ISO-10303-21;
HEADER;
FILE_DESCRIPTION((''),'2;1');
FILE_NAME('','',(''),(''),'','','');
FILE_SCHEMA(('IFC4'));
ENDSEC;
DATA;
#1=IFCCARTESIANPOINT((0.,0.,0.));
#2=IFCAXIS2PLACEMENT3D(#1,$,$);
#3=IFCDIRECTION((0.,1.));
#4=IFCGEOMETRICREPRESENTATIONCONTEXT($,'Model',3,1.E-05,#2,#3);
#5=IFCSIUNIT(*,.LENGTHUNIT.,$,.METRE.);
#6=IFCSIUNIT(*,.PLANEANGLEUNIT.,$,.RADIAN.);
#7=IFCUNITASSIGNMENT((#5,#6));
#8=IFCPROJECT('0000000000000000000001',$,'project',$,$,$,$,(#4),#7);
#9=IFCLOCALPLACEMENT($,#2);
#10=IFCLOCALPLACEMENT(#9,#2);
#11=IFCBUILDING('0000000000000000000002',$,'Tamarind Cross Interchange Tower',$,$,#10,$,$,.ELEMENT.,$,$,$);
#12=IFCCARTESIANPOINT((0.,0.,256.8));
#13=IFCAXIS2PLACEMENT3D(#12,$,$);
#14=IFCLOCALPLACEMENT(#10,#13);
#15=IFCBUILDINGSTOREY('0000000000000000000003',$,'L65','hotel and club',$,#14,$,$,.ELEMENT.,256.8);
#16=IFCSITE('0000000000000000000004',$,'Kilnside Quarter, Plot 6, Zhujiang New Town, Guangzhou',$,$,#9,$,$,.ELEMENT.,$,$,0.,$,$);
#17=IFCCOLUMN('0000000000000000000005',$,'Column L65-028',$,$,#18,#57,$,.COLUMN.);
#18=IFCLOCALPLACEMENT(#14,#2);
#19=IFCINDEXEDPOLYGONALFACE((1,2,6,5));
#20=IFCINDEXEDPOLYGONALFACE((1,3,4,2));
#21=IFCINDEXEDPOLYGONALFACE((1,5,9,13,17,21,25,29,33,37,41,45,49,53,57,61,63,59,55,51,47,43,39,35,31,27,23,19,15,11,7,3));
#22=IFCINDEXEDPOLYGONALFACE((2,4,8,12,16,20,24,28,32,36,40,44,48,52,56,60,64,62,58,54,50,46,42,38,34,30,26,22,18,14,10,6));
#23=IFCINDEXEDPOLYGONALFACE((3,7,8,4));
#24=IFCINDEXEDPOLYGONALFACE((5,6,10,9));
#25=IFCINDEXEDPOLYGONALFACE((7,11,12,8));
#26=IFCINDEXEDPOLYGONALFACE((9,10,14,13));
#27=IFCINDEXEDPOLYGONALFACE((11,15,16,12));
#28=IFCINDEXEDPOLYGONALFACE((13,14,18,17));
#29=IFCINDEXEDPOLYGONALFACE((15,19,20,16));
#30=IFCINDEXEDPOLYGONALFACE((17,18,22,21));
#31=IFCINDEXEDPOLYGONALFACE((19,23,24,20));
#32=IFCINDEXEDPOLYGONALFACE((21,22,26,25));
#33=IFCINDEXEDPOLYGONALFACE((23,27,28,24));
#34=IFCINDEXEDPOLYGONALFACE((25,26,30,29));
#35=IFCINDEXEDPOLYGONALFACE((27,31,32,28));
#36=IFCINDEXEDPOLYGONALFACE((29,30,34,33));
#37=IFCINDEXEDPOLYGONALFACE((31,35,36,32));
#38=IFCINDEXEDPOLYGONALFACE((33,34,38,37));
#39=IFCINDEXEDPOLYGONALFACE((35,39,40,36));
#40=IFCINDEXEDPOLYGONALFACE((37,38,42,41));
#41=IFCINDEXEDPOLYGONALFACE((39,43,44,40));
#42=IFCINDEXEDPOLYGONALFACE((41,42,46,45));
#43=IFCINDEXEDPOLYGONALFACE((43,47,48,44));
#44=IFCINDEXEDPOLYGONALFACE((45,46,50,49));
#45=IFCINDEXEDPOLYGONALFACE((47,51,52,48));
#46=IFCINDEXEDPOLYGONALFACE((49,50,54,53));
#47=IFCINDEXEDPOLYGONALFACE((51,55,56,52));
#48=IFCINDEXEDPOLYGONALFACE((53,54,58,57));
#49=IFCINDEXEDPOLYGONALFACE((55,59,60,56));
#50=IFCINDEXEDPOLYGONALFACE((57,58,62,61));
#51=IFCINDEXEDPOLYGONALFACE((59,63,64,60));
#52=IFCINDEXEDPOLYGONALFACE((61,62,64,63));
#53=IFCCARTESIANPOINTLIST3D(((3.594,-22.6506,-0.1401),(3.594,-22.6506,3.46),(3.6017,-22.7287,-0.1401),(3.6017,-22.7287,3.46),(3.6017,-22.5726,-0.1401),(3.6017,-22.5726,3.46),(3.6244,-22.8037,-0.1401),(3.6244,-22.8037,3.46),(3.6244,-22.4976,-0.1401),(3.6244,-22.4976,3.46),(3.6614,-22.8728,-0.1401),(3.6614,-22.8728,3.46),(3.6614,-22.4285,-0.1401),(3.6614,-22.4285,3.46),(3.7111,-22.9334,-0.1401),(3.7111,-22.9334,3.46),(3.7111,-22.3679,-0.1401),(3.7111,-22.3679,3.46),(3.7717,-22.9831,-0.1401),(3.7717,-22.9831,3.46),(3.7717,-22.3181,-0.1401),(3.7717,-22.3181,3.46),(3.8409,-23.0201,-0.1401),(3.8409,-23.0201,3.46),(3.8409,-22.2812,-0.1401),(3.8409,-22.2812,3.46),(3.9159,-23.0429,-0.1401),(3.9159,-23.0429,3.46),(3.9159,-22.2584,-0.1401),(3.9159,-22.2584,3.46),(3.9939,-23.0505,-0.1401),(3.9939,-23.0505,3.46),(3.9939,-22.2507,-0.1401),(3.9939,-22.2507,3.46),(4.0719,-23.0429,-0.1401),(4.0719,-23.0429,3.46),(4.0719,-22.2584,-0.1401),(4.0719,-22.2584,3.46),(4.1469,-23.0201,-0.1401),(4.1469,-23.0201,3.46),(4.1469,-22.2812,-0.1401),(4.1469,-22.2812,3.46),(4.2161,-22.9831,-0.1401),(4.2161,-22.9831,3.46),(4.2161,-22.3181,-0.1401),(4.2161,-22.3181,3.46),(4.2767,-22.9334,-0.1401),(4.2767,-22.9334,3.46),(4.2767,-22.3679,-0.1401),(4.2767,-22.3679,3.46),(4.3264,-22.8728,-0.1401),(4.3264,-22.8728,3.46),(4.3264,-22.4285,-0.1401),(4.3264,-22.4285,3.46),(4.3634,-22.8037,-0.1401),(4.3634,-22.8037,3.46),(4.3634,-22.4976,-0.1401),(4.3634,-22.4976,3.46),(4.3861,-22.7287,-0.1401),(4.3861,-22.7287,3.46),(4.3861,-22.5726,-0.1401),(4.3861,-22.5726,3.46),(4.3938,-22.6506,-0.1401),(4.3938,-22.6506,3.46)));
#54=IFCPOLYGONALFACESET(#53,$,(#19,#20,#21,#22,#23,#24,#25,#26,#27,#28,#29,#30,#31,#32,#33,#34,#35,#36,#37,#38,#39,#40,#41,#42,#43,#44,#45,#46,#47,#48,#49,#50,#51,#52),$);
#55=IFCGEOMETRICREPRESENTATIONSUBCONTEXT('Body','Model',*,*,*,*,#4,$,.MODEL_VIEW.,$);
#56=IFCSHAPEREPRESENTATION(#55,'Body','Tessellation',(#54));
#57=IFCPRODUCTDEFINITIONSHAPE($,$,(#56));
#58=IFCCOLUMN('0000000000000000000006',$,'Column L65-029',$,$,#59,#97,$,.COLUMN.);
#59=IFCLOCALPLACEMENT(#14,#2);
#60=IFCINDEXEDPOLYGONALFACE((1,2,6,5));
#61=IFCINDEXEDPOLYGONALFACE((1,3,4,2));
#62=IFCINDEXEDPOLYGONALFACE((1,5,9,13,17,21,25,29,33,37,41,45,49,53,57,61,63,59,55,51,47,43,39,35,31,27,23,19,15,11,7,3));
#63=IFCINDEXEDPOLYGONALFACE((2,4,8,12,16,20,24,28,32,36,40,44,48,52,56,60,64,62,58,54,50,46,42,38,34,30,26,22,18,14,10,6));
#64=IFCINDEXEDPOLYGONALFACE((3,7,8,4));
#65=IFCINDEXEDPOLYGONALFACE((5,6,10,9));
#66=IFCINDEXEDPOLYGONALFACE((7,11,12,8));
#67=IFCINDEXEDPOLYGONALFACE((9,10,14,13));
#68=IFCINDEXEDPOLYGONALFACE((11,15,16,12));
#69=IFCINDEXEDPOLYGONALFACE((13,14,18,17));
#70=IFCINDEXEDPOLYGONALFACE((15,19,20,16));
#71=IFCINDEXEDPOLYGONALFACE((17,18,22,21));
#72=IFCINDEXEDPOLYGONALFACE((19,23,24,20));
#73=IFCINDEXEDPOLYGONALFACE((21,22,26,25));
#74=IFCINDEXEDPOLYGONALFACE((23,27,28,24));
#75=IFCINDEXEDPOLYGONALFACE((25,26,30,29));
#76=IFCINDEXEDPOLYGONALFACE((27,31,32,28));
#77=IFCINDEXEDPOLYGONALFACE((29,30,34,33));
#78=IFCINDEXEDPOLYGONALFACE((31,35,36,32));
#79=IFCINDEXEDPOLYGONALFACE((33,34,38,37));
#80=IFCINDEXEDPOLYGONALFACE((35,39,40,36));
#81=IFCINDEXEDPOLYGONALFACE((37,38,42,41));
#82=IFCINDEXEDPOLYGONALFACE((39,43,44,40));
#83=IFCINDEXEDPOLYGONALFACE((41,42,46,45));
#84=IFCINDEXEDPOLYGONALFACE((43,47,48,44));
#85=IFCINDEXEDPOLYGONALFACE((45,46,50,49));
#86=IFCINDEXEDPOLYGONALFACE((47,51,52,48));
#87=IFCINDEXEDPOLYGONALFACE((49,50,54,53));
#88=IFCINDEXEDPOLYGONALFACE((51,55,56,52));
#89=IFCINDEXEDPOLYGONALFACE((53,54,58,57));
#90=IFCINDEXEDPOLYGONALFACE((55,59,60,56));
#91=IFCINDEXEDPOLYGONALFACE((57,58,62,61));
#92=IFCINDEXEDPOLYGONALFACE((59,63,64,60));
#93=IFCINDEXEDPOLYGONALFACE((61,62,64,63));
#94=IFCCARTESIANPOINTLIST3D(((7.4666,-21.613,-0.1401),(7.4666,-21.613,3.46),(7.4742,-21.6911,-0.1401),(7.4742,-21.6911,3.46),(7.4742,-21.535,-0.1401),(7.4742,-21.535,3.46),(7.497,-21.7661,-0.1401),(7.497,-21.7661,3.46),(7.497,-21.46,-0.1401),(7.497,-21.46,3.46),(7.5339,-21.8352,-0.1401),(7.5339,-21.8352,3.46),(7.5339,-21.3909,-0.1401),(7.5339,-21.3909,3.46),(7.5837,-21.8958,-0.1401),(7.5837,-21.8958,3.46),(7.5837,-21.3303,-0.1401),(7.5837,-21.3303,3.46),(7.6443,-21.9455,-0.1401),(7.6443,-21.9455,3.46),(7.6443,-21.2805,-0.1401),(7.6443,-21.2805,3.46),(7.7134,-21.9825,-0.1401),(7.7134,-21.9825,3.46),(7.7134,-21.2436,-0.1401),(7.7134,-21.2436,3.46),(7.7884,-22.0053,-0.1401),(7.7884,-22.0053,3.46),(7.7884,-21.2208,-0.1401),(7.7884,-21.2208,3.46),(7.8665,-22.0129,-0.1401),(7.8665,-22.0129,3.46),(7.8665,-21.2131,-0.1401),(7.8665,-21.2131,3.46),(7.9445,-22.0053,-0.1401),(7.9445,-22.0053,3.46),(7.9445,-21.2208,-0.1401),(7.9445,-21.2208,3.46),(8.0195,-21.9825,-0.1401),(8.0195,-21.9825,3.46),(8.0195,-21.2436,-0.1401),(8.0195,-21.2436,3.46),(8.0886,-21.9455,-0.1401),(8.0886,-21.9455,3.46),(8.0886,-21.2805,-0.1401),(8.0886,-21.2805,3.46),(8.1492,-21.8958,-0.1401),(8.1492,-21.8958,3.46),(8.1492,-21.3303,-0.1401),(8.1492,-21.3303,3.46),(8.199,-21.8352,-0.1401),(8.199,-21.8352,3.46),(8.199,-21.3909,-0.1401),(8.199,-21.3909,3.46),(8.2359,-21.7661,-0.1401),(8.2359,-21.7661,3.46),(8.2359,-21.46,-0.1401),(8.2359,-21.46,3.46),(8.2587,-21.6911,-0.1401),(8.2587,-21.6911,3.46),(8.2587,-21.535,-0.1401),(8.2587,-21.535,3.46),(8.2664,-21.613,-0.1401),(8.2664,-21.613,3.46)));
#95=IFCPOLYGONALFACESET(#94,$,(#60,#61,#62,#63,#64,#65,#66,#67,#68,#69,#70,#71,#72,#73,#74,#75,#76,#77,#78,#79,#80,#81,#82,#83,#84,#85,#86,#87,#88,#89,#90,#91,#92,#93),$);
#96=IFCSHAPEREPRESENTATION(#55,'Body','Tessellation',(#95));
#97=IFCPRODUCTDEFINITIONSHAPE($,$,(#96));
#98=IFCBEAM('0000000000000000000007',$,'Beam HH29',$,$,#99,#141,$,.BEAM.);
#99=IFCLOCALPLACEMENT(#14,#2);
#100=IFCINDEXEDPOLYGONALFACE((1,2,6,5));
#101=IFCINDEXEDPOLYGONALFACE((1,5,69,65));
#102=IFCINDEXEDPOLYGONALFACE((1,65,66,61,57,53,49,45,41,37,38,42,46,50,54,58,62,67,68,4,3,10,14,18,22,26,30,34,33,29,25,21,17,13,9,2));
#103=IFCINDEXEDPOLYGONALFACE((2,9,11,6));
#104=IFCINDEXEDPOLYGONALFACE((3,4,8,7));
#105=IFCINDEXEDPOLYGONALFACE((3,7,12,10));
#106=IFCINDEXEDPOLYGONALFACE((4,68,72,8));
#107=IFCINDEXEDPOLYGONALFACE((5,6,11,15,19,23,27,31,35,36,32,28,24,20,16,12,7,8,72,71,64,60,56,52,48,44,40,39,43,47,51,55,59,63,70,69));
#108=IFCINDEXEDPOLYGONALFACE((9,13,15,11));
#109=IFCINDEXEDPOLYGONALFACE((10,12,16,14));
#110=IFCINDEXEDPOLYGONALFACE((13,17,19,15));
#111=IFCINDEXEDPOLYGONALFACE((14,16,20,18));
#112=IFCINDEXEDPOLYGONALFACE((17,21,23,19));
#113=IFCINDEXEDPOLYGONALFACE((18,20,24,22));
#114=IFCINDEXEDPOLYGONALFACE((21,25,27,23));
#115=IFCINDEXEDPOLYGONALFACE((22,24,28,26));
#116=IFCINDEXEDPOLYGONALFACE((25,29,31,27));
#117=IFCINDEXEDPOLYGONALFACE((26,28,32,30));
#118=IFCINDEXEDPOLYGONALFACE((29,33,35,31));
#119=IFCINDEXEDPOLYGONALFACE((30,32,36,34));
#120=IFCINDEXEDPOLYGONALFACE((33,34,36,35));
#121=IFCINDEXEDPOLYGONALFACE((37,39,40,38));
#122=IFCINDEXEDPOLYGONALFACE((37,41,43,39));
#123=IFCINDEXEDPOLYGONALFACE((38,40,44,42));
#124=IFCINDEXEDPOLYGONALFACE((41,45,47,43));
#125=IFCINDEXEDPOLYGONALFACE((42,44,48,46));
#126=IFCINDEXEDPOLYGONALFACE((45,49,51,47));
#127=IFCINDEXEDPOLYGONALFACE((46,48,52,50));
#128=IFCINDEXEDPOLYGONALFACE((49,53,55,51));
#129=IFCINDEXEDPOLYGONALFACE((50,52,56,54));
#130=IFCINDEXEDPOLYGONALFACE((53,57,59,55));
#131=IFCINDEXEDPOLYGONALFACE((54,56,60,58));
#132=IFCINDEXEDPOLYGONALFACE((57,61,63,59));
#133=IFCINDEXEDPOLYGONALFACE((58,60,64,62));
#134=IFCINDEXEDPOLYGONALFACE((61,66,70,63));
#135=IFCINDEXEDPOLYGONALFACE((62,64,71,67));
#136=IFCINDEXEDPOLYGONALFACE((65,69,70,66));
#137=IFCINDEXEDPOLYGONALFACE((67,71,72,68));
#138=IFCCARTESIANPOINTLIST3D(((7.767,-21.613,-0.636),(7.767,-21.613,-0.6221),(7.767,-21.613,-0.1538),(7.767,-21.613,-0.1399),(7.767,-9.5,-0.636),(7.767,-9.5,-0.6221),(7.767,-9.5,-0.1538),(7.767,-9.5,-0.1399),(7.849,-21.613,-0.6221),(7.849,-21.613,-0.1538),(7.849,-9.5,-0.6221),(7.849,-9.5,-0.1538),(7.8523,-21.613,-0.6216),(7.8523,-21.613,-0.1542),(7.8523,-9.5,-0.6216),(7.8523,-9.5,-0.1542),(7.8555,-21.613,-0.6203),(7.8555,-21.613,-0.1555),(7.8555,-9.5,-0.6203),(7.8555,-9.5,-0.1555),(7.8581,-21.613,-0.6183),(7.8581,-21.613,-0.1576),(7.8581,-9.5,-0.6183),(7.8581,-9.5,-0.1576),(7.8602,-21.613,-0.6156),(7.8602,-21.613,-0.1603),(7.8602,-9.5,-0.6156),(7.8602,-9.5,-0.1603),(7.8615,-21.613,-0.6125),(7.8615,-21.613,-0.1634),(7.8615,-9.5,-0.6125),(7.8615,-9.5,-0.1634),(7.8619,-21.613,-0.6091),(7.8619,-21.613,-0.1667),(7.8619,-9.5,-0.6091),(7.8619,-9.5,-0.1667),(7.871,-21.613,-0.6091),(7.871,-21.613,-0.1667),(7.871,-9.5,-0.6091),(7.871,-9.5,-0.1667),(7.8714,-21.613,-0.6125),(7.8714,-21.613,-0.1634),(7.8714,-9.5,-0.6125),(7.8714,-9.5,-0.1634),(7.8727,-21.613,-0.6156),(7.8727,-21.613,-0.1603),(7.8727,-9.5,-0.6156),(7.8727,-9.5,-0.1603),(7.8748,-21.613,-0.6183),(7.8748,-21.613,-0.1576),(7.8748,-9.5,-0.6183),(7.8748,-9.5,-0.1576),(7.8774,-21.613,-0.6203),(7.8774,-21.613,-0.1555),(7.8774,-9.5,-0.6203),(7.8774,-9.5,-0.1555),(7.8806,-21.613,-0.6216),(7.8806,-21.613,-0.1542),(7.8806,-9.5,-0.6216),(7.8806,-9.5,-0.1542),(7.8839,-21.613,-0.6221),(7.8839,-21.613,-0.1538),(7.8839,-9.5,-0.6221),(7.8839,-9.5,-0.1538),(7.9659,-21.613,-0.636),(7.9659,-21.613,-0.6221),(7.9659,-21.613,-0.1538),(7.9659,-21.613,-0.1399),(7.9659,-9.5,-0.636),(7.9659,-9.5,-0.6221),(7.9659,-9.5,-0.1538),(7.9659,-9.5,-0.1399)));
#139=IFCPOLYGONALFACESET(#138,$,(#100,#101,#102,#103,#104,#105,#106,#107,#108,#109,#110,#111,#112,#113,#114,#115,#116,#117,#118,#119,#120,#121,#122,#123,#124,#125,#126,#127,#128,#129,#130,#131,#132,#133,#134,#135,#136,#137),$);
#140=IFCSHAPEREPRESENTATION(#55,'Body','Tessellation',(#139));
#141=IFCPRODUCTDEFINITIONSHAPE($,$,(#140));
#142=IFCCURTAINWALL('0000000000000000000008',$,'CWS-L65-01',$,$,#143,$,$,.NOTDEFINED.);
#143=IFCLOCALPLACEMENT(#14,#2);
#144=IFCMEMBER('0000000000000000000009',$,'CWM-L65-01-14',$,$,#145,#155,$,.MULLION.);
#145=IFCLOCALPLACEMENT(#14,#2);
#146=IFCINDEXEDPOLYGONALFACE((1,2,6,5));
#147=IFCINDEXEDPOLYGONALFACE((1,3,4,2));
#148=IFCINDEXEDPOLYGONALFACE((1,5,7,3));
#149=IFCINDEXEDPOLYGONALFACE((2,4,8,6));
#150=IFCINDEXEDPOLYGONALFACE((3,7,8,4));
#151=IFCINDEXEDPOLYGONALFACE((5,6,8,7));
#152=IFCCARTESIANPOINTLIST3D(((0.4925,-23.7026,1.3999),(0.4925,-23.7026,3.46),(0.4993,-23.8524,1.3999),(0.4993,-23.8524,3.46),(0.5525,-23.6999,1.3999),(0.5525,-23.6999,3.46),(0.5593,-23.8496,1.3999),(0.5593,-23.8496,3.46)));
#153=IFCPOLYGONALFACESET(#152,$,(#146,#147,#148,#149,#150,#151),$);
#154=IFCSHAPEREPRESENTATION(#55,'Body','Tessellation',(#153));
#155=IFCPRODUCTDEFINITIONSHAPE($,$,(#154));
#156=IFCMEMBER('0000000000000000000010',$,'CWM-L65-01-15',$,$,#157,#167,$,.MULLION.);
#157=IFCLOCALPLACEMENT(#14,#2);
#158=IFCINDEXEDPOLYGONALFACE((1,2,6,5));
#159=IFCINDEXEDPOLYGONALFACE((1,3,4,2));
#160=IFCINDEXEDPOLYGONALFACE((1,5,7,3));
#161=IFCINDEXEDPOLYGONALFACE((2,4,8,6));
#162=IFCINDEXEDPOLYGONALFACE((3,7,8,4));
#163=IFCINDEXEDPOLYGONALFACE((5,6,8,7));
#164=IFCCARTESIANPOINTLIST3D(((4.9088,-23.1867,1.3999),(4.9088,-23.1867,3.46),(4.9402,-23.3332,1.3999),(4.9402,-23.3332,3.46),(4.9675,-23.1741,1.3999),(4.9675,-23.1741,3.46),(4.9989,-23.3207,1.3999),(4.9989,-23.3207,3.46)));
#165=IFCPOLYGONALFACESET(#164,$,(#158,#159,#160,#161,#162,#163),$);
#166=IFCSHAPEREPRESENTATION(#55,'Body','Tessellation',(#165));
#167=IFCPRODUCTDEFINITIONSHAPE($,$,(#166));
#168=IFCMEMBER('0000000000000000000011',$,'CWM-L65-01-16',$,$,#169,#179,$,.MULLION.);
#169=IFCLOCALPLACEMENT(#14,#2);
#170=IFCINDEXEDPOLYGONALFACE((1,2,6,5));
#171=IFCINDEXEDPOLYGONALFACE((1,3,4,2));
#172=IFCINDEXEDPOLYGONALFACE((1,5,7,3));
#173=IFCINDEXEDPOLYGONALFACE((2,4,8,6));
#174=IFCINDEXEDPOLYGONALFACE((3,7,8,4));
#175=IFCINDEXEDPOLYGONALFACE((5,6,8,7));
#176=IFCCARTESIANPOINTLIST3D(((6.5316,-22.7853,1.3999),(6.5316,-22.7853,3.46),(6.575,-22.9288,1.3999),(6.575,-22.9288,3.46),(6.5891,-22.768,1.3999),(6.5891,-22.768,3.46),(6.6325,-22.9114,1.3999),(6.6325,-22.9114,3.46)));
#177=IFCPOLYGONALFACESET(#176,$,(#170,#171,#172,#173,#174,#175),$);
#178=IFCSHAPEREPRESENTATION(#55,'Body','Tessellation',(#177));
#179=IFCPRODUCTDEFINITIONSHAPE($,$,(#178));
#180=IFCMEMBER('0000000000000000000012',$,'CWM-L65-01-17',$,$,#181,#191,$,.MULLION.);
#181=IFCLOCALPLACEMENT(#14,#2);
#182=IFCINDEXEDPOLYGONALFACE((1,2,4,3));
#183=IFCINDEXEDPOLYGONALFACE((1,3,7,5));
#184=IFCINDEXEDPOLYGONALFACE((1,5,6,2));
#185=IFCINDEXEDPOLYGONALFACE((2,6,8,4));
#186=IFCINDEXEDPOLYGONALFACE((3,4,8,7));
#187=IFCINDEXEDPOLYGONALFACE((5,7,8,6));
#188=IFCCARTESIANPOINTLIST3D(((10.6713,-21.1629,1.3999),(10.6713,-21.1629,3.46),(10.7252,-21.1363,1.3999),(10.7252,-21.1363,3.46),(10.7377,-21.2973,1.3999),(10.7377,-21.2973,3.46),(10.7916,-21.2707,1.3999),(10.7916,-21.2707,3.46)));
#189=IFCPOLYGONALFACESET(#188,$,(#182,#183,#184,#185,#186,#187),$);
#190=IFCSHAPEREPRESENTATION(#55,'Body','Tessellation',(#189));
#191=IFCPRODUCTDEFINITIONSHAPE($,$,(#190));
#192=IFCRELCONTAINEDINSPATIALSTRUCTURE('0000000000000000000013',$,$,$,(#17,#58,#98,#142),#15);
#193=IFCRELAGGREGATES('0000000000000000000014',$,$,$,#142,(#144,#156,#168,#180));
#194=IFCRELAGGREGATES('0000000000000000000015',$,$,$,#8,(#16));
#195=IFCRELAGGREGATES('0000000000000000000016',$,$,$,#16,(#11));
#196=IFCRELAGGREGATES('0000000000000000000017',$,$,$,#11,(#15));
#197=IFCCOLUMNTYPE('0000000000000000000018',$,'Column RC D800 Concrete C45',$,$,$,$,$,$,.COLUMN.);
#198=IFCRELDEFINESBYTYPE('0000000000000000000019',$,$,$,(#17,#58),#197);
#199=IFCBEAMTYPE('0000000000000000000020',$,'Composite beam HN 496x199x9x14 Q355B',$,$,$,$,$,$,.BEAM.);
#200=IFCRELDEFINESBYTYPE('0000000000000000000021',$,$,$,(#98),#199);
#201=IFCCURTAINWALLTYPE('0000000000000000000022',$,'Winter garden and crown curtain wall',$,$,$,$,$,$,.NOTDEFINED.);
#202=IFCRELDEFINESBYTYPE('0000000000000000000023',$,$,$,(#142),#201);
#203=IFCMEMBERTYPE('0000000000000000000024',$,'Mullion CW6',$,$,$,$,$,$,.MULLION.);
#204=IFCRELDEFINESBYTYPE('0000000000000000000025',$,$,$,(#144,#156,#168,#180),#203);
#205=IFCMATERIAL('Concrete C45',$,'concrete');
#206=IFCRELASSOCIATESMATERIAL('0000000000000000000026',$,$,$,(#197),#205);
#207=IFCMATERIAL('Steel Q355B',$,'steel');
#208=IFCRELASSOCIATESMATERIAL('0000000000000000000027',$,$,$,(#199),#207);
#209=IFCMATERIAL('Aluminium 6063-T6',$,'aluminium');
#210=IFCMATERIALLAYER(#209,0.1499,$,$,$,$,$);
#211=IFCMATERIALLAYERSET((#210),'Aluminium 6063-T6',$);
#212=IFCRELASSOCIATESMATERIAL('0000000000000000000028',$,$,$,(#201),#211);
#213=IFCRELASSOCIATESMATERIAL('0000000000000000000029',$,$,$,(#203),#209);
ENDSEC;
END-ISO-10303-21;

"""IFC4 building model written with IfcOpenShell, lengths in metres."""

from ifc_helpers import new_model, si_unit, direction, frame, origin, origin_2d, place, context, subcontext, project, spatial, rectangle, circle, i_section, extrude, material, layer, layer_set, material_profile, profile_set, type_object, element, aggregate, save


model = new_model("IFC4")

# Units and contexts
model_context = context("Model", 3, precision=1e-05, world=origin(), true_north=direction((0.0, 1.0)))
body_context = subcontext(model_context, "Body", "Model", "MODEL_VIEW")
ifc_project = project(units=[si_unit("LENGTHUNIT", "METRE"), si_unit("PLANEANGLEUNIT", "RADIAN")], contexts=[model_context])

# Site, building, storey
site_placement = place(None, origin())
site = spatial("IfcSite", under=ifc_project, at=site_placement, Name="Kilnside Quarter, Plot 6, Zhujiang New Town, Guangzhou", CompositionType="ELEMENT", RefElevation=0.0)
building_placement = place(site_placement, origin())
building = spatial("IfcBuilding", under=site, at=building_placement, Name="Tamarind Cross Interchange Tower", CompositionType="ELEMENT")
storey_placement = place(building_placement, frame((0.0, 0.0, 256.8)))
storey = spatial("IfcBuildingStorey", under=building, at=storey_placement, Name="L65", Description="hotel and club", CompositionType="ELEMENT", Elevation=256.8)

# Columns
ifc_material_1 = material(Name="Concrete C45", Category="concrete")
ifc_material_profile_1 = material_profile(ifc_material_1, circle(Radius=0.3999, at=origin_2d()), Name="RC D800")
ifc_profile_set_1 = profile_set([ifc_material_profile_1], Name="Concrete C45")
column_type = type_object("IfcColumnType", Name="Column RC D800 Concrete C45", PredefinedType="COLUMN", material=ifc_profile_set_1)
for number, where, z_axis, x_axis, name in (
    (1, (3.9939, -22.6506, -0.1401), (0.0, 0.0, 1.0), (1.0, 0.0, 0.0), "Column L65-028"),
    (2, (7.8665, -21.613, -0.1401), (0.0, 0.0, 1.0), (1.0, 0.0, 0.0), "Column L65-029"),
):
    element("IfcColumn", number, at=place(storey_placement, frame(where, z_axis=z_axis, x_axis=x_axis)), inside=storey, type_object=column_type, Name=name, PredefinedType="COLUMN", context=body_context, shape_type="SweptSolid", body=[
        extrude(circle(Radius=0.3999, at=origin_2d()), origin(), (0.0, 0.0, 1.0), 3.6001),
    ])

# Beam
ifc_material_2 = material(Name="Steel Q355B", Category="steel")
ifc_material_profile_2 = material_profile(ifc_material_2, i_section(OverallWidth=0.199, OverallDepth=0.4961, WebThickness=0.009, FlangeThickness=0.0139, FilletRadius=0.0129, at=origin_2d()), Name="HN 496x199x9x14")
ifc_profile_set_2 = profile_set([ifc_material_profile_2], Name="Steel Q355B")
beam_type = type_object("IfcBeamType", Name="Composite beam HN 496x199x9x14 Q355B", PredefinedType="BEAM", material=ifc_profile_set_2)
beam_placement = place(storey_placement, frame((7.8665, -21.613, -0.3879), z_axis=(0.0, 1.0, 0.0), x_axis=(-1.0, 0.0, 0.0)))
element("IfcBeam", 3, at=beam_placement, inside=storey, type_object=beam_type, Name="Beam HH29", PredefinedType="BEAM", context=body_context, shape_type="SweptSolid", body=[
    extrude(i_section(OverallWidth=0.199, OverallDepth=0.4961, WebThickness=0.009, FlangeThickness=0.0139, FilletRadius=0.0129, at=origin_2d()), origin(), (0.0, 0.0, 1.0), 12.113),
])

# Curtain wall, members
ifc_material_3 = material(Name="Aluminium 6063-T6", Category="aluminium")
ifc_layer_1 = layer(ifc_material_3, 0.1499)
ifc_layer_set_1 = layer_set([ifc_layer_1], Name="Aluminium 6063-T6")
curtain_wall_type = type_object("IfcCurtainWallType", Name="Winter garden and crown curtain wall", PredefinedType="NOTDEFINED", material=ifc_layer_set_1)
curtain_wall_placement = place(storey_placement, origin())
curtain_wall = element("IfcCurtainWall", 4, at=curtain_wall_placement, inside=storey, type_object=curtain_wall_type, Name="CWS-L65-01", PredefinedType="NOTDEFINED")
ifc_material_profile_3 = material_profile(ifc_material_3, rectangle(XDim=0.0601, YDim=0.1499, at=origin_2d()), Name="Mullion CW6")
ifc_profile_set_3 = profile_set([ifc_material_profile_3], Name="Aluminium 6063-T6")
member_type = type_object("IfcMemberType", Name="Mullion CW6", PredefinedType="MULLION", material=ifc_profile_set_3)
member_1_placement = place(storey_placement, frame((0.5259, -23.7761, 1.3999), z_axis=(0.0, 0.0, 1.0), x_axis=(0.998959, 0.045624, 0.0)))
member_1 = element("IfcMember", 5, at=member_1_placement, type_object=member_type, Name="CWM-L65-01-14", PredefinedType="MULLION", context=body_context, shape_type="SweptSolid", body=[
    extrude(rectangle(XDim=0.0601, YDim=0.1499, at=origin_2d()), origin(), (0.0, 0.0, 1.0), 2.0601),
])
member_2_placement = place(storey_placement, frame((4.9539, -23.2537, 1.3999), z_axis=(0.0, 0.0, 1.0), x_axis=(0.977825, 0.209425, 0.0)))
member_2 = element("IfcMember", 6, at=member_2_placement, type_object=member_type, Name="CWM-L65-01-15", PredefinedType="MULLION", context=body_context, shape_type="SweptSolid", body=[
    extrude(rectangle(XDim=0.0601, YDim=0.1499, at=origin_2d()), origin(), (0.0, 0.0, 1.0), 2.0601),
])
member_3_placement = place(storey_placement, frame((6.582, -22.8484, 1.3999), z_axis=(0.0, 0.0, 1.0), x_axis=(0.957191, 0.289458, 0.0)))
member_3 = element("IfcMember", 7, at=member_3_placement, type_object=member_type, Name="CWM-L65-01-16", PredefinedType="MULLION", context=body_context, shape_type="SweptSolid", body=[
    extrude(rectangle(XDim=0.0601, YDim=0.1499, at=origin_2d()), origin(), (0.0, 0.0, 1.0), 2.0601),
])
member_4_placement = place(storey_placement, frame((10.7314, -21.2168, 1.3999), z_axis=(0.0, 0.0, 1.0), x_axis=(0.896493, 0.443059, 0.0)))
member_4 = element("IfcMember", 8, at=member_4_placement, type_object=member_type, Name="CWM-L65-01-17", PredefinedType="MULLION", context=body_context, shape_type="SweptSolid", body=[
    extrude(rectangle(XDim=0.0601, YDim=0.1499, at=origin_2d()), origin(), (0.0, 0.0, 1.0), 2.0601),
])
aggregate(curtain_wall, [member_1, member_2, member_3, member_4])

save(model, "model.ifc")
